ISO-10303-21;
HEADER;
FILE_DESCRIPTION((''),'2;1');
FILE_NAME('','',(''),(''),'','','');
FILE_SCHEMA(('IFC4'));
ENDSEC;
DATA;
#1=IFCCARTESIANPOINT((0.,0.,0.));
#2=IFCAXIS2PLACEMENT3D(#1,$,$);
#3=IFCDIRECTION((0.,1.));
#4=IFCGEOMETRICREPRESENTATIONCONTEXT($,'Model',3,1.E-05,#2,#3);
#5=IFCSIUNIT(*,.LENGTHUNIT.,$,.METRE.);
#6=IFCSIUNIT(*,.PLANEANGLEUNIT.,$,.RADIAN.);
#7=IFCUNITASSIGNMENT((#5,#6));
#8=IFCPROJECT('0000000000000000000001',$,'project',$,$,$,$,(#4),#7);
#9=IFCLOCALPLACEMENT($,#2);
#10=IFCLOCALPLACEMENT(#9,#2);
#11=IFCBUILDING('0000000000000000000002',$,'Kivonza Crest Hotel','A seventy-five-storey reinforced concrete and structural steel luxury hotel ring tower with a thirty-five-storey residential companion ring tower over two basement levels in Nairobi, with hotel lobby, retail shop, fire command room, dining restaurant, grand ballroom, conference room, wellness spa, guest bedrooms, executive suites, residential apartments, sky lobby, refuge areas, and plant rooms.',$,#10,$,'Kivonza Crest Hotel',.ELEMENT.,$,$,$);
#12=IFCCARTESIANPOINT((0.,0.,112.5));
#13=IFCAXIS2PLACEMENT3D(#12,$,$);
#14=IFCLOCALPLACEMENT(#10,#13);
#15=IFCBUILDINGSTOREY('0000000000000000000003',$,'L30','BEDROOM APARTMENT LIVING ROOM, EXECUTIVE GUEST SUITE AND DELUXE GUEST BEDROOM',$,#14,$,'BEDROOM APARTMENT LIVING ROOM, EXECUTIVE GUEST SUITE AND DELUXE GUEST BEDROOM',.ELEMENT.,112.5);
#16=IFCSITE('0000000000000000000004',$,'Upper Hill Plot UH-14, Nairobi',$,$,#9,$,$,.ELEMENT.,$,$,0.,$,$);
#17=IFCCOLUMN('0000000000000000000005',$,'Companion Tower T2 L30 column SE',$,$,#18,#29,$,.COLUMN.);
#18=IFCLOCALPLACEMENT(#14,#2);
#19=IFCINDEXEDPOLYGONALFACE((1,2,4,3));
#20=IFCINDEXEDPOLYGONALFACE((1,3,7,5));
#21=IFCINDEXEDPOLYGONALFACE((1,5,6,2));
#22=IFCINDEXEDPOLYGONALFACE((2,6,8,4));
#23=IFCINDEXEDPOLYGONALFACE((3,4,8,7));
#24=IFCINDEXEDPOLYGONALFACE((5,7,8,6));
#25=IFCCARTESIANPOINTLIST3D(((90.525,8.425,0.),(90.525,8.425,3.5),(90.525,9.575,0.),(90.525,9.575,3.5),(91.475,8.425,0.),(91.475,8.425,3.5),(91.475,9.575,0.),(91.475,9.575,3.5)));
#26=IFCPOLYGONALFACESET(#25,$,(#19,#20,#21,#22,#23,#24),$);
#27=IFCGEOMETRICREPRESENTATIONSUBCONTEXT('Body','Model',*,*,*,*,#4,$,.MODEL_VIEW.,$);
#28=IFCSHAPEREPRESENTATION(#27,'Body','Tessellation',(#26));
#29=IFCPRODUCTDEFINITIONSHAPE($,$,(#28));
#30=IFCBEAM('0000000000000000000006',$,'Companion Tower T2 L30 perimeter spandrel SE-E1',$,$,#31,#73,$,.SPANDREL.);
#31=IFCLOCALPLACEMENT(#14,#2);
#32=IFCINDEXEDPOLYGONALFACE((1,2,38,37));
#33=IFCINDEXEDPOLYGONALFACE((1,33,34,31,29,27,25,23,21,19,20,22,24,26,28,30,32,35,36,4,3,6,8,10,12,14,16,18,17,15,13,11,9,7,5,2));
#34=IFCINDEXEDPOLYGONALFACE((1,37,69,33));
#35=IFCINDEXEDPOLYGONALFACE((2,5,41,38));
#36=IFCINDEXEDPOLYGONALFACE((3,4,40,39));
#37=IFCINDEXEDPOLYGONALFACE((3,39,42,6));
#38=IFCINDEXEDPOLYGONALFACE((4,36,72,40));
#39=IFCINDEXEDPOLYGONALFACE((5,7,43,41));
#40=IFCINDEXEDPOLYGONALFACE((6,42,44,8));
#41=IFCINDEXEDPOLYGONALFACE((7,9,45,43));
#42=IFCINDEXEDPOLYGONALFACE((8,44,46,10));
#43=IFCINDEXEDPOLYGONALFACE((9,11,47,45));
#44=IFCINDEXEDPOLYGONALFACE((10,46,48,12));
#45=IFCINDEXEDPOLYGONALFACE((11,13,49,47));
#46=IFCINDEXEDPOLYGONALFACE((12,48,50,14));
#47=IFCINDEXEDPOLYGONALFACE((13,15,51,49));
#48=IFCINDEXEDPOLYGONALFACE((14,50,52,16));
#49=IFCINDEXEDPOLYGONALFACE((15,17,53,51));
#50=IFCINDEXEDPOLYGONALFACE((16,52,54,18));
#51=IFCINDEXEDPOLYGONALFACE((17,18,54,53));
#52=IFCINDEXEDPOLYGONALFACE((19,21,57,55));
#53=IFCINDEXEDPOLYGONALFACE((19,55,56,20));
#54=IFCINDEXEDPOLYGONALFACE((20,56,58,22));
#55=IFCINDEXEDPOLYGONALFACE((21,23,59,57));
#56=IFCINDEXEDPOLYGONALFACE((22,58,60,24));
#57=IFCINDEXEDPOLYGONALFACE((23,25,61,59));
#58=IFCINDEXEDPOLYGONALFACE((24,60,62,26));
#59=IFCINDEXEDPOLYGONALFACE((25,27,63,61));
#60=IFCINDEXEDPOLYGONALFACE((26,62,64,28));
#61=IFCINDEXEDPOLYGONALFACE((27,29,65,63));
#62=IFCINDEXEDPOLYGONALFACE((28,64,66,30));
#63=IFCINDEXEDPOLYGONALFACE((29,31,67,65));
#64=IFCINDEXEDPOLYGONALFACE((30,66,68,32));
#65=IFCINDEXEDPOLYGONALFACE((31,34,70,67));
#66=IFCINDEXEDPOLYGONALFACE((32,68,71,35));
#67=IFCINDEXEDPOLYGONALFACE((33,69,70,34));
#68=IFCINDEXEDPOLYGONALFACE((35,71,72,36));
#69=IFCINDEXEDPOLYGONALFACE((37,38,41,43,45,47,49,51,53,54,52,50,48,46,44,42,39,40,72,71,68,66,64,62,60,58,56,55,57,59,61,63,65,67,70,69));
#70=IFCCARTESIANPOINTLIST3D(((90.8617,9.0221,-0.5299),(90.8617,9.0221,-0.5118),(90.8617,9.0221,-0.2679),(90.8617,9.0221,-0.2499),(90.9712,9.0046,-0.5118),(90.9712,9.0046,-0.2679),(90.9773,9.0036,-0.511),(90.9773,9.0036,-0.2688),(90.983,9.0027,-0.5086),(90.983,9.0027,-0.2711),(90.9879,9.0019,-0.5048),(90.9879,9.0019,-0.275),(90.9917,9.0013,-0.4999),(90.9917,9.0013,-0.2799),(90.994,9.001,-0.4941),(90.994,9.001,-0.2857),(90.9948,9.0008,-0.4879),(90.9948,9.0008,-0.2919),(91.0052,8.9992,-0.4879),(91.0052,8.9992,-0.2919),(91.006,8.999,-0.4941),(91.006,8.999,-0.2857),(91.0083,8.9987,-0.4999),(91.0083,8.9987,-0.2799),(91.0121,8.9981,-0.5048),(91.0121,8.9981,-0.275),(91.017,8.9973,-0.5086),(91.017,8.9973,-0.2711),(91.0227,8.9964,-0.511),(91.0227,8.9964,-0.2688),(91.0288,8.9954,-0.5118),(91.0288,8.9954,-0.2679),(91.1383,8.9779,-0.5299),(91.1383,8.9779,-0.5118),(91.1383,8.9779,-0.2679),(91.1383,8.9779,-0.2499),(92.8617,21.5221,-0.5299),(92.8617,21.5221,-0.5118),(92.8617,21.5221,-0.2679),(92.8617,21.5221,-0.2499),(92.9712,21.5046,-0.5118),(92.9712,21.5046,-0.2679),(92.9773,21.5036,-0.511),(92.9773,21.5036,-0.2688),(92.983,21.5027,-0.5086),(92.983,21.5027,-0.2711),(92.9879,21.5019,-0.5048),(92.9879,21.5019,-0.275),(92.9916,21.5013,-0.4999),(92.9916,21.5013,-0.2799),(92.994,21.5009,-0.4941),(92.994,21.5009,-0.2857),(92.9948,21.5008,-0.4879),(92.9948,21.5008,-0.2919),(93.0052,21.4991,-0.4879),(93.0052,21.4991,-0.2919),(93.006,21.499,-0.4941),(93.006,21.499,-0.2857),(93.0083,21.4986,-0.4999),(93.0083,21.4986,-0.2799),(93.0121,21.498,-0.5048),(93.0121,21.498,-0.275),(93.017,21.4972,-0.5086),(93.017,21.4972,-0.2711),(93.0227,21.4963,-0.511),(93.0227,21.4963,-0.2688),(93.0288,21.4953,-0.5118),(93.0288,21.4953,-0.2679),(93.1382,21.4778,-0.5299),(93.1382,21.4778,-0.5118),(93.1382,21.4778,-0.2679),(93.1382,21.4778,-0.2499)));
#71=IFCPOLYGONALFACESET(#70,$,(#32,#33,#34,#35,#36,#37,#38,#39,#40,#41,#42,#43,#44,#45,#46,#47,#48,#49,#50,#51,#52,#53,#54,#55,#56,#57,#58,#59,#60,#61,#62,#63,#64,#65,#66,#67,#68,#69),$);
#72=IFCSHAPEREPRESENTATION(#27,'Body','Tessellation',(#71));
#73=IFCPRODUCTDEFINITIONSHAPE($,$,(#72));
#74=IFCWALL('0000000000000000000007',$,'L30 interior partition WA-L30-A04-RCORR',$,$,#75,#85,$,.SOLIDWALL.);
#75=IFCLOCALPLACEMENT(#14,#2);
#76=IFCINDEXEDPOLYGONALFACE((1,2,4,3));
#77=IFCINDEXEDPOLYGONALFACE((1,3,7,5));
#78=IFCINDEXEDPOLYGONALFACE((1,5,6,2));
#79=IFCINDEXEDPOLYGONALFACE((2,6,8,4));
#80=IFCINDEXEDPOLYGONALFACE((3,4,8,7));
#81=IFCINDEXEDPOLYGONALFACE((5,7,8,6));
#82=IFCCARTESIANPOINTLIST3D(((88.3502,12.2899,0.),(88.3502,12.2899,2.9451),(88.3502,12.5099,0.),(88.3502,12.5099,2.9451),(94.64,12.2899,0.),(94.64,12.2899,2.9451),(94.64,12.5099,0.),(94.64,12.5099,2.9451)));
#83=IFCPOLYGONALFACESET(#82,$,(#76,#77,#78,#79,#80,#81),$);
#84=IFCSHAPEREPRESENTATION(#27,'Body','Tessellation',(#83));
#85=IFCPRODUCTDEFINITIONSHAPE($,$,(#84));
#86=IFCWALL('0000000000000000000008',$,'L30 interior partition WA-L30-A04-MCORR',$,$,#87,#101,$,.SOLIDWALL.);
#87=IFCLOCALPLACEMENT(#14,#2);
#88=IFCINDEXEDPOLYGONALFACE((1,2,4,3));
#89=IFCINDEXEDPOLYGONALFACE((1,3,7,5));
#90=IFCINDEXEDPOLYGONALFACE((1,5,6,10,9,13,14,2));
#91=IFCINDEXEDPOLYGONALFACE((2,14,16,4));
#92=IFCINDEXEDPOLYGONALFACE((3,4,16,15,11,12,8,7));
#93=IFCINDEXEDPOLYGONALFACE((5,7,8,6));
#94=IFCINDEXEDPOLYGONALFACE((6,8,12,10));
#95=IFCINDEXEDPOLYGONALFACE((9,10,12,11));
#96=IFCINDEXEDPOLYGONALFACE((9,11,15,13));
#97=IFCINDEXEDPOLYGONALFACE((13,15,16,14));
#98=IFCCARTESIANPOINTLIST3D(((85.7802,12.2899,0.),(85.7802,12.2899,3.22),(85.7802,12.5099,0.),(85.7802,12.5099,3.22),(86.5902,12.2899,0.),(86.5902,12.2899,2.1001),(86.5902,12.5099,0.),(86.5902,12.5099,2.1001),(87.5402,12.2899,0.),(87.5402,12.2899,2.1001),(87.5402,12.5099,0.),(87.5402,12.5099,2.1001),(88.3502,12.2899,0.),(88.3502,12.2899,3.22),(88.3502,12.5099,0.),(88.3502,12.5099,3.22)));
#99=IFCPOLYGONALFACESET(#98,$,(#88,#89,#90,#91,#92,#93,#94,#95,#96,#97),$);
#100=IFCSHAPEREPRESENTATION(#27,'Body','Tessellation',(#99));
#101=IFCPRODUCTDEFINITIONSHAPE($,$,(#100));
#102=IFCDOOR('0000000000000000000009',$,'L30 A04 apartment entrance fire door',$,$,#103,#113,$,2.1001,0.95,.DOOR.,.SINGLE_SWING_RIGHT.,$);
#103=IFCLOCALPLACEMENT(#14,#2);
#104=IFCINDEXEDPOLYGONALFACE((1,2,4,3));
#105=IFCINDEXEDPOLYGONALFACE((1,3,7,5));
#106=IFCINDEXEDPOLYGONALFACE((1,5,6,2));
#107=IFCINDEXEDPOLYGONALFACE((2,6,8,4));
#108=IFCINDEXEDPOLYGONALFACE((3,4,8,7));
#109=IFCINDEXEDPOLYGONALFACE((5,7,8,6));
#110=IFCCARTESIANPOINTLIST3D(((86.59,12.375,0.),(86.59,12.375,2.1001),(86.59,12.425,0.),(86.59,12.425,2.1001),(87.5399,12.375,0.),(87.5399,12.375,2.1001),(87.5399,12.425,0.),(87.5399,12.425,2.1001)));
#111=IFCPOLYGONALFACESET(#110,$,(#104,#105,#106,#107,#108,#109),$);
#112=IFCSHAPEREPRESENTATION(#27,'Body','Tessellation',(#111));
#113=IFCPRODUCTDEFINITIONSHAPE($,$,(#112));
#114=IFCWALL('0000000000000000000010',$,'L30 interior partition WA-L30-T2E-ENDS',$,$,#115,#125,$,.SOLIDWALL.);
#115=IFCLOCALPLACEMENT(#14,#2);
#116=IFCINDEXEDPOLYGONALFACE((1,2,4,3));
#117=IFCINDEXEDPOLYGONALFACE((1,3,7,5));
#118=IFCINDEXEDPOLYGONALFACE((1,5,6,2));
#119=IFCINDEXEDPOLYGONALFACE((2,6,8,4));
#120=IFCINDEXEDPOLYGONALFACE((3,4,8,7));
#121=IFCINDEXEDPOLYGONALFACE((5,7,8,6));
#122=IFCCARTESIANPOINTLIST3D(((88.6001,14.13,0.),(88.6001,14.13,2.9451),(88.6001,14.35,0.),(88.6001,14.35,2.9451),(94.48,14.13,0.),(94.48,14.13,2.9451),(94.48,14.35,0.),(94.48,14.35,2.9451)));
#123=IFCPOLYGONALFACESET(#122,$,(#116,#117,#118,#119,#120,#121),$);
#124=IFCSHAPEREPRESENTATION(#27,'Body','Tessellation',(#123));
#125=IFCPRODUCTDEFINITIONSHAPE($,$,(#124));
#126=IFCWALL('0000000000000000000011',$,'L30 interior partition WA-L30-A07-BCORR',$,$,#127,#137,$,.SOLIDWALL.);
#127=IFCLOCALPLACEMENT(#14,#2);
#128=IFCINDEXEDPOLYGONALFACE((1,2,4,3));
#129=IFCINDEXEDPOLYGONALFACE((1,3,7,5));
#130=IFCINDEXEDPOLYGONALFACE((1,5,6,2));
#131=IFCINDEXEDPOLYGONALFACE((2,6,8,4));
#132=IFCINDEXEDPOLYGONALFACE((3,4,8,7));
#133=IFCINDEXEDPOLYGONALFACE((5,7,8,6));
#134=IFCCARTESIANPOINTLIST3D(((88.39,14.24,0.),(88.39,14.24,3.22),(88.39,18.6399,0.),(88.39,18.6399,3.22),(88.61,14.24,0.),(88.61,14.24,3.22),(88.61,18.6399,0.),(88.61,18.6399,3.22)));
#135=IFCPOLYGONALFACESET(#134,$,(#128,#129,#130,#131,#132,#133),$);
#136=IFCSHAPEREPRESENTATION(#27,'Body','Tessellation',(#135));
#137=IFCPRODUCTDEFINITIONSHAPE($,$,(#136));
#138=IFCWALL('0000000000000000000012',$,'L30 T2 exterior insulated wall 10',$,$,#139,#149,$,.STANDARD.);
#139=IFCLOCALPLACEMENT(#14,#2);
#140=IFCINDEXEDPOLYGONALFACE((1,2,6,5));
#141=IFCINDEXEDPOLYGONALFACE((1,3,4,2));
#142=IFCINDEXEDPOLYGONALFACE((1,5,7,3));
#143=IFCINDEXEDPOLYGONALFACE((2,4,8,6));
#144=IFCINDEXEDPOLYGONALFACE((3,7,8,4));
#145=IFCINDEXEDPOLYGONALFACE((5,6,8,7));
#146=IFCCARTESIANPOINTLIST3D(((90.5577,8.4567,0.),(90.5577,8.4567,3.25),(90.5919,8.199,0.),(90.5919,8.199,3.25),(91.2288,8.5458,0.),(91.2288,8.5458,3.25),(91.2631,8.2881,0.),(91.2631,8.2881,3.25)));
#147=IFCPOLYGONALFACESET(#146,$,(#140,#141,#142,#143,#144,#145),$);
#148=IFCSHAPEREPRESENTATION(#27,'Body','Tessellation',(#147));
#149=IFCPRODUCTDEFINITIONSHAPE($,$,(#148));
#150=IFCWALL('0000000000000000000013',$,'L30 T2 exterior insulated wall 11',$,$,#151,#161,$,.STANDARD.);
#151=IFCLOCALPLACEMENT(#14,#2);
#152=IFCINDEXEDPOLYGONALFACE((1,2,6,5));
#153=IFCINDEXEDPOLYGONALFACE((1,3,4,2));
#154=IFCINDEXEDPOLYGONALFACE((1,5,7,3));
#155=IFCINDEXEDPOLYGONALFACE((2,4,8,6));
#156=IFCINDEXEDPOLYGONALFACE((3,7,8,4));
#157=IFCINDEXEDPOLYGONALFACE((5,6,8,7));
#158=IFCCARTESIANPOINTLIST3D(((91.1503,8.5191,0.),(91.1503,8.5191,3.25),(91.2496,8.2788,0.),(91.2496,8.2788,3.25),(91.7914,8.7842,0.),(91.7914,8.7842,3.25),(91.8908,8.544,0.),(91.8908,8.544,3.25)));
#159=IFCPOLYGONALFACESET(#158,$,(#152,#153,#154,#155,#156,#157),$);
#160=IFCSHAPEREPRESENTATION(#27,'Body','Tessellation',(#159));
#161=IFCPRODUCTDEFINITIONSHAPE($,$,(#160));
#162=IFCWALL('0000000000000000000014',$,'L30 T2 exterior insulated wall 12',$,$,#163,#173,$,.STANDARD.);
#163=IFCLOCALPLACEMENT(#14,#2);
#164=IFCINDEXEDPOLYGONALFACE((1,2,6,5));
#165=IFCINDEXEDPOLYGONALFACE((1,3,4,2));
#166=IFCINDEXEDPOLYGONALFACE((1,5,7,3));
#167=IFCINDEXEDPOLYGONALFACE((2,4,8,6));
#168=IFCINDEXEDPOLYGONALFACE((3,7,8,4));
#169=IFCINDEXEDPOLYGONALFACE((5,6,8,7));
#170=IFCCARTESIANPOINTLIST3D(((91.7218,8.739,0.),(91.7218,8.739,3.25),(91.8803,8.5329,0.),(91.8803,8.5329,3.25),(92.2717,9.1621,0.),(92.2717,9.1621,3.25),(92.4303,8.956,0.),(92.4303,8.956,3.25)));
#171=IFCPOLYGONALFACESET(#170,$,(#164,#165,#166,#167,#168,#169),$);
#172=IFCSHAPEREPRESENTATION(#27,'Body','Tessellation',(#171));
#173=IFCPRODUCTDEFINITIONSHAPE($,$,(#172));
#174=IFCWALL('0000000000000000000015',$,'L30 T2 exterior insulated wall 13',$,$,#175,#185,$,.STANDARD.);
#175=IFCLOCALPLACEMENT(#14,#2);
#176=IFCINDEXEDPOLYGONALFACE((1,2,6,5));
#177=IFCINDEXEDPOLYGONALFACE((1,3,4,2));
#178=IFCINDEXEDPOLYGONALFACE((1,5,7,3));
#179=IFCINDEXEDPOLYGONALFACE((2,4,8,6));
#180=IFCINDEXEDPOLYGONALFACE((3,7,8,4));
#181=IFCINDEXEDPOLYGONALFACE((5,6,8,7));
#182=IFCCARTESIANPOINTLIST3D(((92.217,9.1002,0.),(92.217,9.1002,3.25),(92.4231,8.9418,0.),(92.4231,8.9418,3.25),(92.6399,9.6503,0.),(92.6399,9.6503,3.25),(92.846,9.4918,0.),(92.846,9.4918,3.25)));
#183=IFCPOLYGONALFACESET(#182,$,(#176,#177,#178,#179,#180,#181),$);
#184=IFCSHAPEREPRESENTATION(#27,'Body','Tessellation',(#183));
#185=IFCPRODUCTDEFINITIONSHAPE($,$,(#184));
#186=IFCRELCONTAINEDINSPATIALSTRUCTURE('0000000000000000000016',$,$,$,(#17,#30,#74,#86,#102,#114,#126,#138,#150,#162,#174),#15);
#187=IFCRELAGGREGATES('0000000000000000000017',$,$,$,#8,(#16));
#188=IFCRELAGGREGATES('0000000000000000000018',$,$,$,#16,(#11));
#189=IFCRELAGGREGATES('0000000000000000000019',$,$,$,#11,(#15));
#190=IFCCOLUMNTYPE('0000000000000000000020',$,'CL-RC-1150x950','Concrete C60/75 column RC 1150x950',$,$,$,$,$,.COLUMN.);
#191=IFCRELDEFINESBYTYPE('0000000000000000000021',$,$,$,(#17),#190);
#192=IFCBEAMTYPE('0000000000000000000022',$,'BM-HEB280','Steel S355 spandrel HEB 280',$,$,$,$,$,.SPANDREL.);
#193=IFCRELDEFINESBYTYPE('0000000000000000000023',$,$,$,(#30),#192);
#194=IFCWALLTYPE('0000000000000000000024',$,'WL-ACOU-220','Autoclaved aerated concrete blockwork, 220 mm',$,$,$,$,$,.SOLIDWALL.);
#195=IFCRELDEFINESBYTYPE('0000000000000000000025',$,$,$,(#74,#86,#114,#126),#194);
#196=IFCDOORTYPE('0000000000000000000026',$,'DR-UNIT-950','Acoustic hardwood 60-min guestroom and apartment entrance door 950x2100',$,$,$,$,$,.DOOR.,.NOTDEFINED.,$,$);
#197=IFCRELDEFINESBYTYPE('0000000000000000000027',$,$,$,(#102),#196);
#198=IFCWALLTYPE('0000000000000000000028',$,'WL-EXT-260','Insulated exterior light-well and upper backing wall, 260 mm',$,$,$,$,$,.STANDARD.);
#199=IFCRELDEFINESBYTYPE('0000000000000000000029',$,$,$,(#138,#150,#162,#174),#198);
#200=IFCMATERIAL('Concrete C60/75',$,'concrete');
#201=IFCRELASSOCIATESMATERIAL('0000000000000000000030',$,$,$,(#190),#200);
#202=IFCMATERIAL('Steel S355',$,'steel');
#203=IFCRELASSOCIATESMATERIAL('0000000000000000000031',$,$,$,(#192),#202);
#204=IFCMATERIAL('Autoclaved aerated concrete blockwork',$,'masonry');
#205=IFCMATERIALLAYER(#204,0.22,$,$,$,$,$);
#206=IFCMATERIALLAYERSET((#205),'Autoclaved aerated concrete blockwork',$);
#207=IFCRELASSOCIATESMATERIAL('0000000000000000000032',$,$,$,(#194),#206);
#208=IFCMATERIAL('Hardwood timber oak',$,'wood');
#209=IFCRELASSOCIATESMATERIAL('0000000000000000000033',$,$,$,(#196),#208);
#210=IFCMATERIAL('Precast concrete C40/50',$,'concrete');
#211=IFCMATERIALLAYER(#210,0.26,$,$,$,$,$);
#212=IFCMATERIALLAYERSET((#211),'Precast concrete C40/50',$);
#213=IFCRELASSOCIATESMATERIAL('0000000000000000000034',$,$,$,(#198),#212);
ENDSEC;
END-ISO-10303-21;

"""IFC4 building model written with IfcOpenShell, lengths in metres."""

from ifc_helpers import new_model, si_unit, direction, frame, frame_2d, origin, origin_2d, place, context, subcontext, project, spatial, rectangle, i_section, extrude, material, layer, layer_set, material_profile, profile_set, type_object, element, fill, save


model = new_model("IFC4")

# Units and contexts
model_context = context("Model", 3, precision=1e-05, world=origin(), true_north=direction((0.0, 1.0)))
body_context = subcontext(model_context, "Body", "Model", "MODEL_VIEW")
ifc_project = project(units=[si_unit("LENGTHUNIT", "METRE"), si_unit("PLANEANGLEUNIT", "RADIAN")], contexts=[model_context])

# Site, building, storey
site_placement = place(None, origin())
site = spatial("IfcSite", under=ifc_project, at=site_placement, Name="Upper Hill Plot UH-14, Nairobi", CompositionType="ELEMENT", RefElevation=0.0)
building_placement = place(site_placement, origin())
building = spatial("IfcBuilding", under=site, at=building_placement, Name="Kivonza Crest Hotel", Description="A seventy-five-storey reinforced concrete and structural steel luxury hotel ring tower with a thirty-five-storey residential companion ring tower over two basement levels in Nairobi, with hotel lobby, retail shop, fire command room, dining restaurant, grand ballroom, conference room, wellness spa, guest bedrooms, executive suites, residential apartments, sky lobby, refuge areas, and plant rooms.", LongName="Kivonza Crest Hotel", CompositionType="ELEMENT")
storey_placement = place(building_placement, frame((0.0, 0.0, 112.5)))
storey = spatial("IfcBuildingStorey", under=building, at=storey_placement, Name="L30", Description="BEDROOM APARTMENT LIVING ROOM, EXECUTIVE GUEST SUITE AND DELUXE GUEST BEDROOM", LongName="BEDROOM APARTMENT LIVING ROOM, EXECUTIVE GUEST SUITE AND DELUXE GUEST BEDROOM", CompositionType="ELEMENT", Elevation=112.5)

# Column
ifc_material_1 = material(Name="Concrete C60/75", Category="concrete")
ifc_material_profile_1 = material_profile(ifc_material_1, rectangle(XDim=0.95, YDim=1.1499, at=origin_2d()), Name="RC 1150x950")
ifc_profile_set_1 = profile_set([ifc_material_profile_1], Name="Concrete C60/75")
column_type = type_object("IfcColumnType", Name="CL-RC-1150x950", Description="Concrete C60/75 column RC 1150x950", PredefinedType="COLUMN", material=ifc_profile_set_1)
column_placement = place(storey_placement, frame((91.0, 9.0, 0.0), z_axis=(0.0, 0.0, 1.0), x_axis=(1.0, 0.0, 0.0)))
element("IfcColumn", 1, at=column_placement, inside=storey, type_object=column_type, Name="Companion Tower T2 L30 column SE", PredefinedType="COLUMN", context=body_context, shape_type="SweptSolid", body=[
    extrude(rectangle(XDim=0.95, YDim=1.1499, at=origin_2d()), origin(), (0.0, 0.0, 1.0), 3.5),
])

# Beam
ifc_material_2 = material(Name="Steel S355", Category="steel")
ifc_material_profile_2 = material_profile(ifc_material_2, i_section(OverallWidth=0.28, OverallDepth=0.28, WebThickness=0.0105, FlangeThickness=0.0181, FilletRadius=0.0239, at=origin_2d()), Name="HEB 280")
ifc_profile_set_2 = profile_set([ifc_material_profile_2], Name="Steel S355")
beam_type = type_object("IfcBeamType", Name="BM-HEB280", Description="Steel S355 spandrel HEB 280", PredefinedType="SPANDREL", material=ifc_profile_set_2)
beam_placement = place(storey_placement, frame((91.0, 9.0, -0.3899), z_axis=(0.157991, 0.987441, 0.0), x_axis=(-0.987441, 0.157991, 0.0)))
element("IfcBeam", 2, at=beam_placement, inside=storey, type_object=beam_type, Name="Companion Tower T2 L30 perimeter spandrel SE-E1", PredefinedType="SPANDREL", context=body_context, shape_type="SweptSolid", body=[
    extrude(i_section(OverallWidth=0.28, OverallDepth=0.28, WebThickness=0.0105, FlangeThickness=0.0181, FilletRadius=0.0239, at=origin_2d()), origin(), (0.0, 0.0, 1.0), 12.6589),
])

# Wall
ifc_material_3 = material(Name="Autoclaved aerated concrete blockwork", Category="masonry")
ifc_layer_1 = layer(ifc_material_3, 0.22)
ifc_layer_set_1 = layer_set([ifc_layer_1], Name="Autoclaved aerated concrete blockwork")
wall_type_1 = type_object("IfcWallType", Name="WL-ACOU-220", Description="Autoclaved aerated concrete blockwork, 220 mm", PredefinedType="SOLIDWALL", material=ifc_layer_set_1)
wall_1_placement = place(storey_placement, frame((88.3501, 12.3999, 0.0), z_axis=(0.0, 0.0, 1.0), x_axis=(1.0, 0.0, 0.0)))
element("IfcWall", 3, at=wall_1_placement, inside=storey, type_object=wall_type_1, Name="L30 interior partition WA-L30-A04-RCORR", PredefinedType="SOLIDWALL", context=body_context, shape_type="SweptSolid", body=[
    extrude(rectangle(XDim=6.2898, YDim=0.22, at=frame_2d((3.145, 0.0))), origin(), (0.0, 0.0, 1.0), 2.9451),
])

# Wall, opening, door
wall_2_placement = place(storey_placement, frame((85.78, 12.3999, 0.0), z_axis=(0.0, 0.0, 1.0), x_axis=(1.0, 0.0, 0.0)))
wall_2 = element("IfcWall", 4, at=wall_2_placement, inside=storey, type_object=wall_type_1, Name="L30 interior partition WA-L30-A04-MCORR", PredefinedType="SOLIDWALL", context=body_context, shape_type="SweptSolid", body=[
    extrude(rectangle(XDim=2.5701, YDim=0.22, at=frame_2d((1.2852, 0.0))), origin(), (0.0, 0.0, 1.0), 3.22),
])
opening_1_placement = place(wall_2_placement, frame((0.8101, 0.0, 0.0)))
opening_1 = element("IfcOpeningElement", 5, at=opening_1_placement, cuts=wall_2, PredefinedType="OPENING", context=body_context, shape_type="SweptSolid", body=[
    extrude(rectangle(XDim=0.95, YDim=2.1001, at=frame_2d((0.4751, 1.05))), frame((0.0, 0.1201, 0.0), z_axis=(0.0, -1.0, 0.0), x_axis=(1.0, 0.0, 0.0)), (0.0, 0.0, 1.0), 0.24),
])
ifc_material_4 = material(Name="Hardwood timber oak", Category="wood")
door_type_1 = type_object("IfcDoorType", Name="DR-UNIT-950", Description="Acoustic hardwood 60-min guestroom and apartment entrance door 950x2100", OperationType="NOTDEFINED", PredefinedType="DOOR", material=ifc_material_4)
door_1_placement = place(opening_1_placement, frame((0.95, 0.0, 0.0), z_axis=(0.0, 0.0, 1.0), x_axis=(-1.0, 0.0, 0.0)))
door_1 = element("IfcDoor", 6, at=door_1_placement, inside=storey, type_object=door_type_1, Name="L30 A04 apartment entrance fire door", OperationType="SINGLE_SWING_RIGHT", OverallHeight=2.1001, OverallWidth=0.95, PredefinedType="DOOR", context=body_context, shape_type="SweptSolid", body=[
    extrude(rectangle(XDim=0.95, YDim=2.1001, at=frame_2d((0.4751, 1.05))), frame((0.0, 0.0249, 0.0), z_axis=(0.0, -1.0, 0.0), x_axis=(1.0, 0.0, 0.0)), (0.0, 0.0, 1.0), 0.05),
])
fill(opening_1, door_1)

# Walls
wall_3_placement = place(storey_placement, frame((88.6001, 14.24, 0.0), z_axis=(0.0, 0.0, 1.0), x_axis=(1.0, 0.0, 0.0)))
element("IfcWall", 7, at=wall_3_placement, inside=storey, type_object=wall_type_1, Name="L30 interior partition WA-L30-T2E-ENDS", PredefinedType="SOLIDWALL", context=body_context, shape_type="SweptSolid", body=[
    extrude(rectangle(XDim=5.8799, YDim=0.22, at=frame_2d((2.9399, 0.0))), origin(), (0.0, 0.0, 1.0), 2.9451),
])
wall_4_placement = place(storey_placement, frame((88.5, 14.24, 0.0), z_axis=(0.0, 0.0, 1.0), x_axis=(0.0, 1.0, 0.0)))
element("IfcWall", 8, at=wall_4_placement, inside=storey, type_object=wall_type_1, Name="L30 interior partition WA-L30-A07-BCORR", PredefinedType="SOLIDWALL", context=body_context, shape_type="SweptSolid", body=[
    extrude(rectangle(XDim=4.3999, YDim=0.22, at=frame_2d((2.2, 0.0))), origin(), (0.0, 0.0, 1.0), 3.22),
])
ifc_material_5 = material(Name="Precast concrete C40/50", Category="concrete")
ifc_layer_2 = layer(ifc_material_5, 0.26)
ifc_layer_set_2 = layer_set([ifc_layer_2], Name="Precast concrete C40/50")
wall_type_2 = type_object("IfcWallType", Name="WL-EXT-260", Description="Insulated exterior light-well and upper backing wall, 260 mm", PredefinedType="STANDARD", material=ifc_layer_set_2)
wall_5_placement = place(storey_placement, frame((90.575, 8.3279, 0.0), z_axis=(0.0, 0.0, 1.0), x_axis=(0.9913, 0.13162, 0.0)))
element("IfcWall", 9, at=wall_5_placement, inside=storey, type_object=wall_type_2, Name="L30 T2 exterior insulated wall 10", PredefinedType="STANDARD", context=body_context, shape_type="SweptSolid", body=[
    extrude(rectangle(XDim=0.677, YDim=0.26, at=frame_2d((0.3384, 0.0))), origin(), (0.0, 0.0, 1.0), 3.25),
])
for number, where, z_axis, x_axis, name in (
    (10, (91.2, 8.3989, 0.0), (0.0, 0.0, 1.0), (0.924094, 0.382165, 0.0), "L30 T2 exterior insulated wall 11"),
    (11, (91.801, 8.636, 0.0), (0.0, 0.0, 1.0), (0.792637, 0.609694, 0.0), "L30 T2 exterior insulated wall 12"),
    (12, (92.3201, 9.021, 0.0), (0.0, 0.0, 1.0), (0.609473, 0.792807, 0.0), "L30 T2 exterior insulated wall 13"),
):
    element("IfcWall", number, at=place(storey_placement, frame(where, z_axis=z_axis, x_axis=x_axis)), inside=storey, type_object=wall_type_2, Name=name, PredefinedType="STANDARD", context=body_context, shape_type="SweptSolid", body=[
        extrude(rectangle(XDim=0.6938, YDim=0.26, at=frame_2d((0.3469, 0.0))), origin(), (0.0, 0.0, 1.0), 3.25),
    ])

save(model, "model.ifc")
